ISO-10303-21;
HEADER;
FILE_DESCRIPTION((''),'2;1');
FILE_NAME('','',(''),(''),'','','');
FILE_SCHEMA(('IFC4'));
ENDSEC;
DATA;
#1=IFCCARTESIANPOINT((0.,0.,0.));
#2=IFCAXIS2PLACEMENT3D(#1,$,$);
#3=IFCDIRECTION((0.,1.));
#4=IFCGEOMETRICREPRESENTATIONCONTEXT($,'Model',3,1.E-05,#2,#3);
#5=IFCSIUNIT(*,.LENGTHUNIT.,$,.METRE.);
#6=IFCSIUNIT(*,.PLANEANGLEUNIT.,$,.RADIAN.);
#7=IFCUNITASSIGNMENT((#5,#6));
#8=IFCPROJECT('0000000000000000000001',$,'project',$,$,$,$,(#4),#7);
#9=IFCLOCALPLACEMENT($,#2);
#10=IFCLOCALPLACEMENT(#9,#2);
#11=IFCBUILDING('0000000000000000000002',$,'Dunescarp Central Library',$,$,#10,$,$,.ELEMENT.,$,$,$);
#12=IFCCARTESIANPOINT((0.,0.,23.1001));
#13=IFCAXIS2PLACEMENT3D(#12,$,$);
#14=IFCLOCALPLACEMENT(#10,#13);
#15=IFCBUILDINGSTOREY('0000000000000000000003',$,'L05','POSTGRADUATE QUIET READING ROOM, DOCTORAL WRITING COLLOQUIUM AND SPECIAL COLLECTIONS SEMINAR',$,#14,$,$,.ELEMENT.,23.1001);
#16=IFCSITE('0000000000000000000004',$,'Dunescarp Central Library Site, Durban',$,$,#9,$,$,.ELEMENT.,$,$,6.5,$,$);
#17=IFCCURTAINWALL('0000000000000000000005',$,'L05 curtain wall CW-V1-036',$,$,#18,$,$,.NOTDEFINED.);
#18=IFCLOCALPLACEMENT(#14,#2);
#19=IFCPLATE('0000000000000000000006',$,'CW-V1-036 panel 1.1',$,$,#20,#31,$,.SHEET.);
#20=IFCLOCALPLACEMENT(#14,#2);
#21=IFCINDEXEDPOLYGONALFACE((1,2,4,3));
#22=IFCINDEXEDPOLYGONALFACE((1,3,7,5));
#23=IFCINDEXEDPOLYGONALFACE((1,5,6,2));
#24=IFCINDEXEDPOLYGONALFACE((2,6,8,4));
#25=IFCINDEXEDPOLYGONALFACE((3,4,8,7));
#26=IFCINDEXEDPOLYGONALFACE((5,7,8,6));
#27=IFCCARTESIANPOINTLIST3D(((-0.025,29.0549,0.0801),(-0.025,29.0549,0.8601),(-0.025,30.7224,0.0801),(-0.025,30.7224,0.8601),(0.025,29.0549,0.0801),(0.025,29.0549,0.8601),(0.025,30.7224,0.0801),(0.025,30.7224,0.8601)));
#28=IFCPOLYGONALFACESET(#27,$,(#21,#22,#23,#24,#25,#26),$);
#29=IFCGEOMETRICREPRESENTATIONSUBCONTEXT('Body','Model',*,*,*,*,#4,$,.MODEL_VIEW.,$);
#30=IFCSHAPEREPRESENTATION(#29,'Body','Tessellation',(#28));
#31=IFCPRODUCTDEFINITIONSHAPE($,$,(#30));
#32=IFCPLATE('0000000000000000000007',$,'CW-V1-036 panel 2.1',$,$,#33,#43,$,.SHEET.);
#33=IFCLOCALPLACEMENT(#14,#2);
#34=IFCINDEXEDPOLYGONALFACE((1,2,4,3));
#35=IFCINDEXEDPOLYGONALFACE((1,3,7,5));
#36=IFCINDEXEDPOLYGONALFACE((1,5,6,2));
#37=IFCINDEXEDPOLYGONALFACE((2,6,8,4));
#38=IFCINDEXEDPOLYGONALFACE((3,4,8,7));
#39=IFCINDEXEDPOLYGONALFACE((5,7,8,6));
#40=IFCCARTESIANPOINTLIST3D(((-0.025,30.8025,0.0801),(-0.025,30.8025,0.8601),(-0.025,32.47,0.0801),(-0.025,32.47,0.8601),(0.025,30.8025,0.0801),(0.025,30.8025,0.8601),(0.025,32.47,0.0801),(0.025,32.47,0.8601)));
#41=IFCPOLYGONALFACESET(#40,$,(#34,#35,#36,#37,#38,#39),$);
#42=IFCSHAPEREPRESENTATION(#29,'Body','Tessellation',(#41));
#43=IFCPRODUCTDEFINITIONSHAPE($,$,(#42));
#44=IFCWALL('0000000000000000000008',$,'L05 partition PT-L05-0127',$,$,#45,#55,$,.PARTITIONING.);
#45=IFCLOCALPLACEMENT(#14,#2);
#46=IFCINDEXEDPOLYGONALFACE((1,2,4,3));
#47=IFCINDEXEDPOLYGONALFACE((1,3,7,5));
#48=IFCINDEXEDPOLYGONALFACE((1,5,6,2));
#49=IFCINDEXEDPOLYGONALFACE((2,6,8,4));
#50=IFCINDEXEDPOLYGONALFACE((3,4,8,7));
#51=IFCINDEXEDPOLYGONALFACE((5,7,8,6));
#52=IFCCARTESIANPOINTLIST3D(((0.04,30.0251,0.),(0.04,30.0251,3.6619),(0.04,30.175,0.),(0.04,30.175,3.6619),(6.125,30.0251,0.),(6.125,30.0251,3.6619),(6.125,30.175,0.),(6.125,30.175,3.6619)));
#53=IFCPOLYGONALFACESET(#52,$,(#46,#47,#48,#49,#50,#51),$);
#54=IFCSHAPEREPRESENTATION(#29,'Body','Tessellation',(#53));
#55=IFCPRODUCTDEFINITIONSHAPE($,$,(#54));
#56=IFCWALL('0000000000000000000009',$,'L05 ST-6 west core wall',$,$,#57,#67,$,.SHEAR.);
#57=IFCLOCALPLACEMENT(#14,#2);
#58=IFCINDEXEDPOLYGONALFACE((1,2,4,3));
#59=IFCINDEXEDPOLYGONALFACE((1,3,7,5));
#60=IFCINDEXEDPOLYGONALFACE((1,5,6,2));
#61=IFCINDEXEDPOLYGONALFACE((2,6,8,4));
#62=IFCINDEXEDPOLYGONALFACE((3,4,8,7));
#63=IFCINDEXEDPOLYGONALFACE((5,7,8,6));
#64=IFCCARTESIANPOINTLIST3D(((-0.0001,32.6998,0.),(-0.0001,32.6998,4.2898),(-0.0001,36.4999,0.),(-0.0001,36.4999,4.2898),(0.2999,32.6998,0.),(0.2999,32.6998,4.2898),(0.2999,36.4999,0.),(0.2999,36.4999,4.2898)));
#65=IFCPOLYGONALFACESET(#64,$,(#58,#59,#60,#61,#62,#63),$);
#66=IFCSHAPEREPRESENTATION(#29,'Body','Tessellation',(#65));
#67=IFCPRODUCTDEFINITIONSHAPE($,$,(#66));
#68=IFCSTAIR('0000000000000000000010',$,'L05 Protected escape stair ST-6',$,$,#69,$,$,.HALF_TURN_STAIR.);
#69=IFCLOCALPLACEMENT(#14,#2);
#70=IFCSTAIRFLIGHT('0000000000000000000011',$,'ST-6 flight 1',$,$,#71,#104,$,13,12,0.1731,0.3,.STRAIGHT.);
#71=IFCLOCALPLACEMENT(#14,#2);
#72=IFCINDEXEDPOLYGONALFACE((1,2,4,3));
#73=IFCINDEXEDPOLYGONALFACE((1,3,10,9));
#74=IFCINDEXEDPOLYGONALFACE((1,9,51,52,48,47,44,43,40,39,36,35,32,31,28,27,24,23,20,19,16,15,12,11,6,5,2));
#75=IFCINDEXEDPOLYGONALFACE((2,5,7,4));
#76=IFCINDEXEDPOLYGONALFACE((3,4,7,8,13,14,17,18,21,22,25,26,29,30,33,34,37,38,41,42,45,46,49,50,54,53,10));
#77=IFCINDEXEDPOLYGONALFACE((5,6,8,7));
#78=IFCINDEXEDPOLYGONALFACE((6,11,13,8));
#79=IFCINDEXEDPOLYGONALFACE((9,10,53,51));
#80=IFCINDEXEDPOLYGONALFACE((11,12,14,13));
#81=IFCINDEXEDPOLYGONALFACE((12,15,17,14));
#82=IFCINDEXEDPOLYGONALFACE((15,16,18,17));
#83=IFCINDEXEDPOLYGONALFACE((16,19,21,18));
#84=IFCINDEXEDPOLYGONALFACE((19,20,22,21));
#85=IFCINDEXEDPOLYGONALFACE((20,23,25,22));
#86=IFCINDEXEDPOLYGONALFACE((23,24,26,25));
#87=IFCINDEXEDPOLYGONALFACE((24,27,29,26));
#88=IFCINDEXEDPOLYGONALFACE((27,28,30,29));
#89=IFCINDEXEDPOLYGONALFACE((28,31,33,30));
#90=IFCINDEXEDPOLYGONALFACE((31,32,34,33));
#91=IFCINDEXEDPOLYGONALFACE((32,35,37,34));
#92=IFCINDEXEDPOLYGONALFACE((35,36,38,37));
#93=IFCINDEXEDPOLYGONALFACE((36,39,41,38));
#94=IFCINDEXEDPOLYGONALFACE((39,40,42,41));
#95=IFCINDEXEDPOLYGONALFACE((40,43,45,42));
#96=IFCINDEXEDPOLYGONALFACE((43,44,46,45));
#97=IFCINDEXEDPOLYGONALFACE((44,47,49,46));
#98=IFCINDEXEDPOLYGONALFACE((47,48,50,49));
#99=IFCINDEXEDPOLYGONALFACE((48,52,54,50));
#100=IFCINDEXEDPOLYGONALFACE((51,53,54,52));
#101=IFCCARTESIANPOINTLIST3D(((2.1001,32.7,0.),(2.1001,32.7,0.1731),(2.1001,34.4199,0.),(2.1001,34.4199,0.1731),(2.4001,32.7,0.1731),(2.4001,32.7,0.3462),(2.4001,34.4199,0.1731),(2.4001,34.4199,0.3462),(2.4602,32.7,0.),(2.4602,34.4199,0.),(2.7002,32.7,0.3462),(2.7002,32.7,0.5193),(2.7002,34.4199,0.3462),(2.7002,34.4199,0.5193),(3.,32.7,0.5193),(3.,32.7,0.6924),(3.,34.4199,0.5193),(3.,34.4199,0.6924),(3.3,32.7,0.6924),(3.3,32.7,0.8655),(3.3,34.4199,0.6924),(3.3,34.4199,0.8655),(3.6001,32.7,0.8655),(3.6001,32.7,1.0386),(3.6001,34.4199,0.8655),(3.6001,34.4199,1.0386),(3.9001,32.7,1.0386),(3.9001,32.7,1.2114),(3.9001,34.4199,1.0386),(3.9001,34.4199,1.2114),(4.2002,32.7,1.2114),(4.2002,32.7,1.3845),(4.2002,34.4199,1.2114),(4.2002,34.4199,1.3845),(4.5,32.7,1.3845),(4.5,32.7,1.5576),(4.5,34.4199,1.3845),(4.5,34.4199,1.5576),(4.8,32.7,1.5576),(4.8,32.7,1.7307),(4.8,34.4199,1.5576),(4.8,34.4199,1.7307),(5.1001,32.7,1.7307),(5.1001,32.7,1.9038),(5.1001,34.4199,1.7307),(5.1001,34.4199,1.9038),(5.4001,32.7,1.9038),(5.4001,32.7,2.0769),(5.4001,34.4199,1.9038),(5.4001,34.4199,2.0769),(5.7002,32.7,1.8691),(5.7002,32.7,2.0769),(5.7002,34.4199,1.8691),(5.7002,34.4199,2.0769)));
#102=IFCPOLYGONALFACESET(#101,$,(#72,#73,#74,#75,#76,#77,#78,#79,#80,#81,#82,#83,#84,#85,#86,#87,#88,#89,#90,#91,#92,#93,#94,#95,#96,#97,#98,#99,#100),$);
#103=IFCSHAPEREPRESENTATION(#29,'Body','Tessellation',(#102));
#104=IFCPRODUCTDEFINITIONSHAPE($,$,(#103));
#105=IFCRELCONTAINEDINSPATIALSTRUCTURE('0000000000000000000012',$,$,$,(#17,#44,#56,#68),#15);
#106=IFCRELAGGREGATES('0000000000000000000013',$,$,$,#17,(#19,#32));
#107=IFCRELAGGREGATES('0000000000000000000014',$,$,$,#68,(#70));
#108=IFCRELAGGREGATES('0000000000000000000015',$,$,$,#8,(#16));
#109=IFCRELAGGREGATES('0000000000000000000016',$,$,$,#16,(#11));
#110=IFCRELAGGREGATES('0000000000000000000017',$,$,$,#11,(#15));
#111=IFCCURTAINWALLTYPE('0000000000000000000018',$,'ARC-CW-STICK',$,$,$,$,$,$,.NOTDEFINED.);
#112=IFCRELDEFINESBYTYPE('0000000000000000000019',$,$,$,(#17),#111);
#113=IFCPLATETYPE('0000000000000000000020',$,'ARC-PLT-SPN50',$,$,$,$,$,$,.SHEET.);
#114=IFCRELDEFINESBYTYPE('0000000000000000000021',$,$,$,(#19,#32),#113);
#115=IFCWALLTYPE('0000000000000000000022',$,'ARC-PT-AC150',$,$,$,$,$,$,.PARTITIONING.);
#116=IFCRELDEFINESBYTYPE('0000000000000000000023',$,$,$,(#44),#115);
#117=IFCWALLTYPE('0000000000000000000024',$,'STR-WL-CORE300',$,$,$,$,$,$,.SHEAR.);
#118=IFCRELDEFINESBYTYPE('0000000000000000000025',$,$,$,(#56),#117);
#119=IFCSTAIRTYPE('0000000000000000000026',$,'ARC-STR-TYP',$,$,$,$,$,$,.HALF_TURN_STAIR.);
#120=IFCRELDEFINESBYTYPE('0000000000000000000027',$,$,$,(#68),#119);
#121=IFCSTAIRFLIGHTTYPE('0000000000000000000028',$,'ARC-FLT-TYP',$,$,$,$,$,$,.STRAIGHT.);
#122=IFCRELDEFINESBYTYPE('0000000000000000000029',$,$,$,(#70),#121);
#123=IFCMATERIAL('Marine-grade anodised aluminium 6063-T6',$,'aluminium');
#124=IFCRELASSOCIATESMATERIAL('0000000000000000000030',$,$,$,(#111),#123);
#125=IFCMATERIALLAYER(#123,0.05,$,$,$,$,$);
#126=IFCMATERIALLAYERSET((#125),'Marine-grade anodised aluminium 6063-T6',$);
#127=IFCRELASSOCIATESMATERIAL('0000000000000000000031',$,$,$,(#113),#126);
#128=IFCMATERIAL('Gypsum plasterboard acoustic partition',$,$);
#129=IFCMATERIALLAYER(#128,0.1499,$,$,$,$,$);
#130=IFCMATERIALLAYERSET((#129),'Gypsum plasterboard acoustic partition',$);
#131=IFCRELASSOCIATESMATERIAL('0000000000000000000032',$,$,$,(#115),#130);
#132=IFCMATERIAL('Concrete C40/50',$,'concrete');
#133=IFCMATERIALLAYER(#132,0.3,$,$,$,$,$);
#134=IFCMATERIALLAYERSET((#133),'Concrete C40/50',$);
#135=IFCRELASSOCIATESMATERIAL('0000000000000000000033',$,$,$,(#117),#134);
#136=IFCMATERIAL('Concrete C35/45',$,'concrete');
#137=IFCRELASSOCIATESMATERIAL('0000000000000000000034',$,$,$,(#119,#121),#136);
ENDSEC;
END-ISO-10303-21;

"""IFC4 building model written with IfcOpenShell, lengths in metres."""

from ifc_helpers import new_model, si_unit, direction, frame, frame_2d, origin, origin_2d, place, context, subcontext, project, spatial, polyline, rectangle, outline, extrude, material, layer, layer_set, type_object, element, aggregate, save


model = new_model("IFC4")

# Units and contexts
model_context = context("Model", 3, precision=1e-05, world=origin(), true_north=direction((0.0, 1.0)))
body_context = subcontext(model_context, "Body", "Model", "MODEL_VIEW")
ifc_project = project(units=[si_unit("LENGTHUNIT", "METRE"), si_unit("PLANEANGLEUNIT", "RADIAN")], contexts=[model_context])

# Site, building, storey
site_placement = place(None, origin())
site = spatial("IfcSite", under=ifc_project, at=site_placement, Name="Dunescarp Central Library Site, Durban", CompositionType="ELEMENT", RefElevation=6.5)
building_placement = place(site_placement, origin())
building = spatial("IfcBuilding", under=site, at=building_placement, Name="Dunescarp Central Library", CompositionType="ELEMENT")
storey_placement = place(building_placement, frame((0.0, 0.0, 23.1001)))
storey = spatial("IfcBuildingStorey", under=building, at=storey_placement, Name="L05", Description="POSTGRADUATE QUIET READING ROOM, DOCTORAL WRITING COLLOQUIUM AND SPECIAL COLLECTIONS SEMINAR", CompositionType="ELEMENT", Elevation=23.1001)

# Curtain wall
ifc_material_1 = material(Name="Marine-grade anodised aluminium 6063-T6", Category="aluminium")
curtain_wall_type = type_object("IfcCurtainWallType", Name="ARC-CW-STICK", PredefinedType="NOTDEFINED", material=ifc_material_1)
curtain_wall_placement = place(storey_placement, origin())
curtain_wall = element("IfcCurtainWall", 1, at=curtain_wall_placement, inside=storey, type_object=curtain_wall_type, Name="L05 curtain wall CW-V1-036", PredefinedType="NOTDEFINED")

# Plates
ifc_layer_1 = layer(ifc_material_1, 0.05)
ifc_layer_set_1 = layer_set([ifc_layer_1], Name="Marine-grade anodised aluminium 6063-T6")
plate_type_1 = type_object("IfcPlateType", Name="ARC-PLT-SPN50", PredefinedType="SHEET", material=ifc_layer_set_1)
plate_1_placement = place(storey_placement, frame((0.0, 29.8887, 0.0801), z_axis=(0.0, 0.0, 1.0), x_axis=(0.0, 1.0, 0.0)))
plate_1 = element("IfcPlate", 2, at=plate_1_placement, type_object=plate_type_1, Name="CW-V1-036 panel 1.1", PredefinedType="SHEET", context=body_context, shape_type="SweptSolid", body=[
    extrude(rectangle(XDim=1.6675, YDim=0.05, at=origin_2d()), origin(), (0.0, 0.0, 1.0), 0.78),
])
plate_2_placement = place(storey_placement, frame((0.0, 31.6362, 0.0801), z_axis=(0.0, 0.0, 1.0), x_axis=(0.0, 1.0, 0.0)))
plate_2 = element("IfcPlate", 3, at=plate_2_placement, type_object=plate_type_1, Name="CW-V1-036 panel 2.1", PredefinedType="SHEET", context=body_context, shape_type="SweptSolid", body=[
    extrude(rectangle(XDim=1.6675, YDim=0.05, at=origin_2d()), origin(), (0.0, 0.0, 1.0), 0.78),
])
aggregate(curtain_wall, [plate_1, plate_2])

# Walls
ifc_material_2 = material(Name="Gypsum plasterboard acoustic partition")
ifc_layer_2 = layer(ifc_material_2, 0.1499)
ifc_layer_set_2 = layer_set([ifc_layer_2], Name="Gypsum plasterboard acoustic partition")
wall_type_1 = type_object("IfcWallType", Name="ARC-PT-AC150", PredefinedType="PARTITIONING", material=ifc_layer_set_2)
wall_1_placement = place(storey_placement, frame((0.04, 30.1001, 0.0), z_axis=(0.0, 0.0, 1.0), x_axis=(1.0, 0.0, 0.0)))
element("IfcWall", 4, at=wall_1_placement, inside=storey, type_object=wall_type_1, Name="L05 partition PT-L05-0127", PredefinedType="PARTITIONING", context=body_context, shape_type="SweptSolid", body=[
    extrude(rectangle(XDim=6.085, YDim=0.1499, at=frame_2d((3.0425, 0.0))), origin(), (0.0, 0.0, 1.0), 3.6619),
])
ifc_material_3 = material(Name="Concrete C40/50", Category="concrete")
ifc_layer_3 = layer(ifc_material_3, 0.3)
ifc_layer_set_3 = layer_set([ifc_layer_3], Name="Concrete C40/50")
wall_type_2 = type_object("IfcWallType", Name="STR-WL-CORE300", PredefinedType="SHEAR", material=ifc_layer_set_3)
wall_2_placement = place(storey_placement, frame((0.1499, 32.7, 0.0), z_axis=(0.0, 0.0, 1.0), x_axis=(0.0, 1.0, 0.0)))
element("IfcWall", 5, at=wall_2_placement, inside=storey, type_object=wall_type_2, Name="L05 ST-6 west core wall", PredefinedType="SHEAR", context=body_context, shape_type="SweptSolid", body=[
    extrude(rectangle(XDim=3.8, YDim=0.3, at=frame_2d((1.8999, 0.0))), origin(), (0.0, 0.0, 1.0), 4.2898),
])

# Stair, stair flight
ifc_material_4 = material(Name="Concrete C35/45", Category="concrete")
stair_type = type_object("IfcStairType", Name="ARC-STR-TYP", PredefinedType="HALF_TURN_STAIR", material=ifc_material_4)
stair_placement = place(storey_placement, origin())
stair = element("IfcStair", 6, at=stair_placement, inside=storey, type_object=stair_type, Name="L05 Protected escape stair ST-6", PredefinedType="HALF_TURN_STAIR")
stair_flight_type = type_object("IfcStairFlightType", Name="ARC-FLT-TYP", PredefinedType="STRAIGHT", material=ifc_material_4)
stair_flight_placement = place(storey_placement, frame((2.1001, 33.5601, 0.0), z_axis=(0.0, 0.0, 1.0), x_axis=(1.0, 0.0, 0.0)))
stair_flight = element("IfcStairFlight", 7, at=stair_flight_placement, type_object=stair_flight_type, Name="ST-6 flight 1", NumberOfRisers=13, NumberOfTreads=12, PredefinedType="STRAIGHT", RiserHeight=0.1731, TreadLength=0.3, context=body_context, shape_type="SweptSolid", body=[
    extrude(outline(polyline([(0.0, 0.0), (0.0, 0.1731), (0.3, 0.1731), (0.3, 0.3462), (0.6001, 0.3462), (0.6001, 0.5193), (0.8999, 0.5193), (0.8999, 0.6924), (1.2, 0.6924), (1.2, 0.8655), (1.5, 0.8655), (1.5, 1.0386), (1.8, 1.0386), (1.8, 1.2114), (2.1001, 1.2114), (2.1001, 1.3845), (2.3999, 1.3845), (2.3999, 1.5576), (2.7, 1.5576), (2.7, 1.7307), (3.0, 1.7307), (3.0, 1.9038), (3.3, 1.9038), (3.3, 2.0769), (3.6001, 2.0769), (3.6001, 2.25), (3.6001, 1.8691), (0.3601, 0.0), (0.0, 0.0)])), frame((0.0, 0.8599, 0.0), z_axis=(0.0, -1.0, 0.0), x_axis=(1.0, 0.0, 0.0)), (0.0, 0.0, 1.0), 1.72),
])
aggregate(stair, [stair_flight])

save(model, "model.ifc")
